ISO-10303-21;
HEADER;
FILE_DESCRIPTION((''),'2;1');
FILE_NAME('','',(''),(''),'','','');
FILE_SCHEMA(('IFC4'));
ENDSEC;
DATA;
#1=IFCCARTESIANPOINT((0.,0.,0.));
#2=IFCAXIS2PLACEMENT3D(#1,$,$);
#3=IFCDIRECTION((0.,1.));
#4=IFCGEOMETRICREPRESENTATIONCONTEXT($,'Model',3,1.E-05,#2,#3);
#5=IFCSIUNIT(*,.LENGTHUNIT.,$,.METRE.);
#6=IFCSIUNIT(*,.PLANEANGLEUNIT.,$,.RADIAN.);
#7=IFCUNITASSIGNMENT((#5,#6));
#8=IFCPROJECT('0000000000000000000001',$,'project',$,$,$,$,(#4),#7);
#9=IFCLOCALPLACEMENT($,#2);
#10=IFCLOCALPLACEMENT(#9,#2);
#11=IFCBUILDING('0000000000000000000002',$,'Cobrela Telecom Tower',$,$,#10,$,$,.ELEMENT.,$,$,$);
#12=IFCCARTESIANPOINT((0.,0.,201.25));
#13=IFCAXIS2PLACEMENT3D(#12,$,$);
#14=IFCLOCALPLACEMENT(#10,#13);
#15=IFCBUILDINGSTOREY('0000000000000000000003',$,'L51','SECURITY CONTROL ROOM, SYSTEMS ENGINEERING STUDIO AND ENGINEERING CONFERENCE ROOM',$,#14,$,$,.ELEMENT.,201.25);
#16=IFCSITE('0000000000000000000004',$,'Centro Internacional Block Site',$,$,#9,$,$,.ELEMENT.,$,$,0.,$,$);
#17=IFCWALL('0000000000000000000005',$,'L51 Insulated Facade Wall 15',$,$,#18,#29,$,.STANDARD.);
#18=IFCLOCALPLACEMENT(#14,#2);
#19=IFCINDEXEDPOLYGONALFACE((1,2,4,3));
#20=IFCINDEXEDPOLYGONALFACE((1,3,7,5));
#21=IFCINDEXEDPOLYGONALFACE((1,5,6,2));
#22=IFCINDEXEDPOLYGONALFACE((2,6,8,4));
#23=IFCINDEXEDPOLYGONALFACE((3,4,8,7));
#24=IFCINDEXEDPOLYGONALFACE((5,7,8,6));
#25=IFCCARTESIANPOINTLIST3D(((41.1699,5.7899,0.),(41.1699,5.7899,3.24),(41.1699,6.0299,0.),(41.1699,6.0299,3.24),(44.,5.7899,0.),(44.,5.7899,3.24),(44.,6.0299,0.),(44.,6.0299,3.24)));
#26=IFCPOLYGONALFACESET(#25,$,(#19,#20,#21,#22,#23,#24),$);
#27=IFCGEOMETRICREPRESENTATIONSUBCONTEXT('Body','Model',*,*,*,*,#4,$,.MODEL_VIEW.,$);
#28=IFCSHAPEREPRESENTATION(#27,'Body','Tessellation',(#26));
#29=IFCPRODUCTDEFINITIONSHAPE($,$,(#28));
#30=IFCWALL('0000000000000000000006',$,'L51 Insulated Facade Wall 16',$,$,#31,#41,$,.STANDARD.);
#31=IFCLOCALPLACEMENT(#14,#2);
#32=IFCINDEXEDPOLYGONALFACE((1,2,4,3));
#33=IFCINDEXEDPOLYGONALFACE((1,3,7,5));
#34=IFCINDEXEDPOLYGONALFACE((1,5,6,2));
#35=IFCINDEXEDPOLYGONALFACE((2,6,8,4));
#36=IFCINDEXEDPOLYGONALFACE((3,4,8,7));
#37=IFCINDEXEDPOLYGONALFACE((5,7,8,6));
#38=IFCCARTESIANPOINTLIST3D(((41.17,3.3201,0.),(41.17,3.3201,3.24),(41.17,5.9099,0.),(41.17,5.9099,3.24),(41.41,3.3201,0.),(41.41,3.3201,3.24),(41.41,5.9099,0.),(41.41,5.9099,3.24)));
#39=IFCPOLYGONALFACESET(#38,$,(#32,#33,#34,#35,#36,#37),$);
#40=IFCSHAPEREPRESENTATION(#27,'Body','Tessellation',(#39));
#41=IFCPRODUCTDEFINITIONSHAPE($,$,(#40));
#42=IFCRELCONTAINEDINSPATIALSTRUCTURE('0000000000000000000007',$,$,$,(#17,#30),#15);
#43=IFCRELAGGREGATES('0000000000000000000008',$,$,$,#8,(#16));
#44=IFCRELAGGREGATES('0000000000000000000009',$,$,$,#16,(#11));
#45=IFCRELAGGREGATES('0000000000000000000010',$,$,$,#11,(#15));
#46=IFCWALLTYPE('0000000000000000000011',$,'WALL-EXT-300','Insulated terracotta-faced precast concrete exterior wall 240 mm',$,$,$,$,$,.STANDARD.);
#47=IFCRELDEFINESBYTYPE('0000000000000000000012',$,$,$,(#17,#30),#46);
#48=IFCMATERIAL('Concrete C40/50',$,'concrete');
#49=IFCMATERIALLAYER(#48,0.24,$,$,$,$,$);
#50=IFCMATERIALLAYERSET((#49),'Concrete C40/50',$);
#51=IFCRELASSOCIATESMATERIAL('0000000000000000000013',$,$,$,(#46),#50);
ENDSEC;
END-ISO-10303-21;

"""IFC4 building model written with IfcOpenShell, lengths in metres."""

from ifc_helpers import new_model, si_unit, direction, frame, frame_2d, origin, place, context, subcontext, project, spatial, rectangle, extrude, material, layer, layer_set, type_object, element, save


model = new_model("IFC4")

# Units and contexts
model_context = context("Model", 3, precision=1e-05, world=origin(), true_north=direction((0.0, 1.0)))
body_context = subcontext(model_context, "Body", "Model", "MODEL_VIEW")
ifc_project = project(units=[si_unit("LENGTHUNIT", "METRE"), si_unit("PLANEANGLEUNIT", "RADIAN")], contexts=[model_context])

# Site, building, storey
site_placement = place(None, origin())
site = spatial("IfcSite", under=ifc_project, at=site_placement, Name="Centro Internacional Block Site", CompositionType="ELEMENT", RefElevation=0.0)
building_placement = place(site_placement, origin())
building = spatial("IfcBuilding", under=site, at=building_placement, Name="Cobrela Telecom Tower", CompositionType="ELEMENT")
storey_placement = place(building_placement, frame((0.0, 0.0, 201.25)))
storey = spatial("IfcBuildingStorey", under=building, at=storey_placement, Name="L51", Description="SECURITY CONTROL ROOM, SYSTEMS ENGINEERING STUDIO AND ENGINEERING CONFERENCE ROOM", CompositionType="ELEMENT", Elevation=201.25)

# Walls
ifc_material_1 = material(Name="Concrete C40/50", Category="concrete")
ifc_layer_1 = layer(ifc_material_1, 0.24)
ifc_layer_set_1 = layer_set([ifc_layer_1], Name="Concrete C40/50")
wall_type = type_object("IfcWallType", Name="WALL-EXT-300", Description="Insulated terracotta-faced precast concrete exterior wall 240 mm", PredefinedType="STANDARD", material=ifc_layer_set_1)
wall_1_placement = place(storey_placement, frame((44.0, 5.9099, 0.0), z_axis=(0.0, 0.0, 1.0), x_axis=(-1.0, 0.0, 0.0)))
element("IfcWall", 1, at=wall_1_placement, inside=storey, type_object=wall_type, Name="L51 Insulated Facade Wall 15", PredefinedType="STANDARD", context=body_context, shape_type="SweptSolid", body=[
    extrude(rectangle(XDim=2.8301, YDim=0.24, at=frame_2d((1.415, 0.0))), origin(), (0.0, 0.0, 1.0), 3.24),
])
wall_2_placement = place(storey_placement, frame((41.29, 5.9099, 0.0), z_axis=(0.0, 0.0, 1.0), x_axis=(0.0, -1.0, 0.0)))
element("IfcWall", 2, at=wall_2_placement, inside=storey, type_object=wall_type, Name="L51 Insulated Facade Wall 16", PredefinedType="STANDARD", context=body_context, shape_type="SweptSolid", body=[
    extrude(rectangle(XDim=2.5898, YDim=0.24, at=frame_2d((1.2949, 0.0))), origin(), (0.0, 0.0, 1.0), 3.24),
])

save(model, "model.ifc")
